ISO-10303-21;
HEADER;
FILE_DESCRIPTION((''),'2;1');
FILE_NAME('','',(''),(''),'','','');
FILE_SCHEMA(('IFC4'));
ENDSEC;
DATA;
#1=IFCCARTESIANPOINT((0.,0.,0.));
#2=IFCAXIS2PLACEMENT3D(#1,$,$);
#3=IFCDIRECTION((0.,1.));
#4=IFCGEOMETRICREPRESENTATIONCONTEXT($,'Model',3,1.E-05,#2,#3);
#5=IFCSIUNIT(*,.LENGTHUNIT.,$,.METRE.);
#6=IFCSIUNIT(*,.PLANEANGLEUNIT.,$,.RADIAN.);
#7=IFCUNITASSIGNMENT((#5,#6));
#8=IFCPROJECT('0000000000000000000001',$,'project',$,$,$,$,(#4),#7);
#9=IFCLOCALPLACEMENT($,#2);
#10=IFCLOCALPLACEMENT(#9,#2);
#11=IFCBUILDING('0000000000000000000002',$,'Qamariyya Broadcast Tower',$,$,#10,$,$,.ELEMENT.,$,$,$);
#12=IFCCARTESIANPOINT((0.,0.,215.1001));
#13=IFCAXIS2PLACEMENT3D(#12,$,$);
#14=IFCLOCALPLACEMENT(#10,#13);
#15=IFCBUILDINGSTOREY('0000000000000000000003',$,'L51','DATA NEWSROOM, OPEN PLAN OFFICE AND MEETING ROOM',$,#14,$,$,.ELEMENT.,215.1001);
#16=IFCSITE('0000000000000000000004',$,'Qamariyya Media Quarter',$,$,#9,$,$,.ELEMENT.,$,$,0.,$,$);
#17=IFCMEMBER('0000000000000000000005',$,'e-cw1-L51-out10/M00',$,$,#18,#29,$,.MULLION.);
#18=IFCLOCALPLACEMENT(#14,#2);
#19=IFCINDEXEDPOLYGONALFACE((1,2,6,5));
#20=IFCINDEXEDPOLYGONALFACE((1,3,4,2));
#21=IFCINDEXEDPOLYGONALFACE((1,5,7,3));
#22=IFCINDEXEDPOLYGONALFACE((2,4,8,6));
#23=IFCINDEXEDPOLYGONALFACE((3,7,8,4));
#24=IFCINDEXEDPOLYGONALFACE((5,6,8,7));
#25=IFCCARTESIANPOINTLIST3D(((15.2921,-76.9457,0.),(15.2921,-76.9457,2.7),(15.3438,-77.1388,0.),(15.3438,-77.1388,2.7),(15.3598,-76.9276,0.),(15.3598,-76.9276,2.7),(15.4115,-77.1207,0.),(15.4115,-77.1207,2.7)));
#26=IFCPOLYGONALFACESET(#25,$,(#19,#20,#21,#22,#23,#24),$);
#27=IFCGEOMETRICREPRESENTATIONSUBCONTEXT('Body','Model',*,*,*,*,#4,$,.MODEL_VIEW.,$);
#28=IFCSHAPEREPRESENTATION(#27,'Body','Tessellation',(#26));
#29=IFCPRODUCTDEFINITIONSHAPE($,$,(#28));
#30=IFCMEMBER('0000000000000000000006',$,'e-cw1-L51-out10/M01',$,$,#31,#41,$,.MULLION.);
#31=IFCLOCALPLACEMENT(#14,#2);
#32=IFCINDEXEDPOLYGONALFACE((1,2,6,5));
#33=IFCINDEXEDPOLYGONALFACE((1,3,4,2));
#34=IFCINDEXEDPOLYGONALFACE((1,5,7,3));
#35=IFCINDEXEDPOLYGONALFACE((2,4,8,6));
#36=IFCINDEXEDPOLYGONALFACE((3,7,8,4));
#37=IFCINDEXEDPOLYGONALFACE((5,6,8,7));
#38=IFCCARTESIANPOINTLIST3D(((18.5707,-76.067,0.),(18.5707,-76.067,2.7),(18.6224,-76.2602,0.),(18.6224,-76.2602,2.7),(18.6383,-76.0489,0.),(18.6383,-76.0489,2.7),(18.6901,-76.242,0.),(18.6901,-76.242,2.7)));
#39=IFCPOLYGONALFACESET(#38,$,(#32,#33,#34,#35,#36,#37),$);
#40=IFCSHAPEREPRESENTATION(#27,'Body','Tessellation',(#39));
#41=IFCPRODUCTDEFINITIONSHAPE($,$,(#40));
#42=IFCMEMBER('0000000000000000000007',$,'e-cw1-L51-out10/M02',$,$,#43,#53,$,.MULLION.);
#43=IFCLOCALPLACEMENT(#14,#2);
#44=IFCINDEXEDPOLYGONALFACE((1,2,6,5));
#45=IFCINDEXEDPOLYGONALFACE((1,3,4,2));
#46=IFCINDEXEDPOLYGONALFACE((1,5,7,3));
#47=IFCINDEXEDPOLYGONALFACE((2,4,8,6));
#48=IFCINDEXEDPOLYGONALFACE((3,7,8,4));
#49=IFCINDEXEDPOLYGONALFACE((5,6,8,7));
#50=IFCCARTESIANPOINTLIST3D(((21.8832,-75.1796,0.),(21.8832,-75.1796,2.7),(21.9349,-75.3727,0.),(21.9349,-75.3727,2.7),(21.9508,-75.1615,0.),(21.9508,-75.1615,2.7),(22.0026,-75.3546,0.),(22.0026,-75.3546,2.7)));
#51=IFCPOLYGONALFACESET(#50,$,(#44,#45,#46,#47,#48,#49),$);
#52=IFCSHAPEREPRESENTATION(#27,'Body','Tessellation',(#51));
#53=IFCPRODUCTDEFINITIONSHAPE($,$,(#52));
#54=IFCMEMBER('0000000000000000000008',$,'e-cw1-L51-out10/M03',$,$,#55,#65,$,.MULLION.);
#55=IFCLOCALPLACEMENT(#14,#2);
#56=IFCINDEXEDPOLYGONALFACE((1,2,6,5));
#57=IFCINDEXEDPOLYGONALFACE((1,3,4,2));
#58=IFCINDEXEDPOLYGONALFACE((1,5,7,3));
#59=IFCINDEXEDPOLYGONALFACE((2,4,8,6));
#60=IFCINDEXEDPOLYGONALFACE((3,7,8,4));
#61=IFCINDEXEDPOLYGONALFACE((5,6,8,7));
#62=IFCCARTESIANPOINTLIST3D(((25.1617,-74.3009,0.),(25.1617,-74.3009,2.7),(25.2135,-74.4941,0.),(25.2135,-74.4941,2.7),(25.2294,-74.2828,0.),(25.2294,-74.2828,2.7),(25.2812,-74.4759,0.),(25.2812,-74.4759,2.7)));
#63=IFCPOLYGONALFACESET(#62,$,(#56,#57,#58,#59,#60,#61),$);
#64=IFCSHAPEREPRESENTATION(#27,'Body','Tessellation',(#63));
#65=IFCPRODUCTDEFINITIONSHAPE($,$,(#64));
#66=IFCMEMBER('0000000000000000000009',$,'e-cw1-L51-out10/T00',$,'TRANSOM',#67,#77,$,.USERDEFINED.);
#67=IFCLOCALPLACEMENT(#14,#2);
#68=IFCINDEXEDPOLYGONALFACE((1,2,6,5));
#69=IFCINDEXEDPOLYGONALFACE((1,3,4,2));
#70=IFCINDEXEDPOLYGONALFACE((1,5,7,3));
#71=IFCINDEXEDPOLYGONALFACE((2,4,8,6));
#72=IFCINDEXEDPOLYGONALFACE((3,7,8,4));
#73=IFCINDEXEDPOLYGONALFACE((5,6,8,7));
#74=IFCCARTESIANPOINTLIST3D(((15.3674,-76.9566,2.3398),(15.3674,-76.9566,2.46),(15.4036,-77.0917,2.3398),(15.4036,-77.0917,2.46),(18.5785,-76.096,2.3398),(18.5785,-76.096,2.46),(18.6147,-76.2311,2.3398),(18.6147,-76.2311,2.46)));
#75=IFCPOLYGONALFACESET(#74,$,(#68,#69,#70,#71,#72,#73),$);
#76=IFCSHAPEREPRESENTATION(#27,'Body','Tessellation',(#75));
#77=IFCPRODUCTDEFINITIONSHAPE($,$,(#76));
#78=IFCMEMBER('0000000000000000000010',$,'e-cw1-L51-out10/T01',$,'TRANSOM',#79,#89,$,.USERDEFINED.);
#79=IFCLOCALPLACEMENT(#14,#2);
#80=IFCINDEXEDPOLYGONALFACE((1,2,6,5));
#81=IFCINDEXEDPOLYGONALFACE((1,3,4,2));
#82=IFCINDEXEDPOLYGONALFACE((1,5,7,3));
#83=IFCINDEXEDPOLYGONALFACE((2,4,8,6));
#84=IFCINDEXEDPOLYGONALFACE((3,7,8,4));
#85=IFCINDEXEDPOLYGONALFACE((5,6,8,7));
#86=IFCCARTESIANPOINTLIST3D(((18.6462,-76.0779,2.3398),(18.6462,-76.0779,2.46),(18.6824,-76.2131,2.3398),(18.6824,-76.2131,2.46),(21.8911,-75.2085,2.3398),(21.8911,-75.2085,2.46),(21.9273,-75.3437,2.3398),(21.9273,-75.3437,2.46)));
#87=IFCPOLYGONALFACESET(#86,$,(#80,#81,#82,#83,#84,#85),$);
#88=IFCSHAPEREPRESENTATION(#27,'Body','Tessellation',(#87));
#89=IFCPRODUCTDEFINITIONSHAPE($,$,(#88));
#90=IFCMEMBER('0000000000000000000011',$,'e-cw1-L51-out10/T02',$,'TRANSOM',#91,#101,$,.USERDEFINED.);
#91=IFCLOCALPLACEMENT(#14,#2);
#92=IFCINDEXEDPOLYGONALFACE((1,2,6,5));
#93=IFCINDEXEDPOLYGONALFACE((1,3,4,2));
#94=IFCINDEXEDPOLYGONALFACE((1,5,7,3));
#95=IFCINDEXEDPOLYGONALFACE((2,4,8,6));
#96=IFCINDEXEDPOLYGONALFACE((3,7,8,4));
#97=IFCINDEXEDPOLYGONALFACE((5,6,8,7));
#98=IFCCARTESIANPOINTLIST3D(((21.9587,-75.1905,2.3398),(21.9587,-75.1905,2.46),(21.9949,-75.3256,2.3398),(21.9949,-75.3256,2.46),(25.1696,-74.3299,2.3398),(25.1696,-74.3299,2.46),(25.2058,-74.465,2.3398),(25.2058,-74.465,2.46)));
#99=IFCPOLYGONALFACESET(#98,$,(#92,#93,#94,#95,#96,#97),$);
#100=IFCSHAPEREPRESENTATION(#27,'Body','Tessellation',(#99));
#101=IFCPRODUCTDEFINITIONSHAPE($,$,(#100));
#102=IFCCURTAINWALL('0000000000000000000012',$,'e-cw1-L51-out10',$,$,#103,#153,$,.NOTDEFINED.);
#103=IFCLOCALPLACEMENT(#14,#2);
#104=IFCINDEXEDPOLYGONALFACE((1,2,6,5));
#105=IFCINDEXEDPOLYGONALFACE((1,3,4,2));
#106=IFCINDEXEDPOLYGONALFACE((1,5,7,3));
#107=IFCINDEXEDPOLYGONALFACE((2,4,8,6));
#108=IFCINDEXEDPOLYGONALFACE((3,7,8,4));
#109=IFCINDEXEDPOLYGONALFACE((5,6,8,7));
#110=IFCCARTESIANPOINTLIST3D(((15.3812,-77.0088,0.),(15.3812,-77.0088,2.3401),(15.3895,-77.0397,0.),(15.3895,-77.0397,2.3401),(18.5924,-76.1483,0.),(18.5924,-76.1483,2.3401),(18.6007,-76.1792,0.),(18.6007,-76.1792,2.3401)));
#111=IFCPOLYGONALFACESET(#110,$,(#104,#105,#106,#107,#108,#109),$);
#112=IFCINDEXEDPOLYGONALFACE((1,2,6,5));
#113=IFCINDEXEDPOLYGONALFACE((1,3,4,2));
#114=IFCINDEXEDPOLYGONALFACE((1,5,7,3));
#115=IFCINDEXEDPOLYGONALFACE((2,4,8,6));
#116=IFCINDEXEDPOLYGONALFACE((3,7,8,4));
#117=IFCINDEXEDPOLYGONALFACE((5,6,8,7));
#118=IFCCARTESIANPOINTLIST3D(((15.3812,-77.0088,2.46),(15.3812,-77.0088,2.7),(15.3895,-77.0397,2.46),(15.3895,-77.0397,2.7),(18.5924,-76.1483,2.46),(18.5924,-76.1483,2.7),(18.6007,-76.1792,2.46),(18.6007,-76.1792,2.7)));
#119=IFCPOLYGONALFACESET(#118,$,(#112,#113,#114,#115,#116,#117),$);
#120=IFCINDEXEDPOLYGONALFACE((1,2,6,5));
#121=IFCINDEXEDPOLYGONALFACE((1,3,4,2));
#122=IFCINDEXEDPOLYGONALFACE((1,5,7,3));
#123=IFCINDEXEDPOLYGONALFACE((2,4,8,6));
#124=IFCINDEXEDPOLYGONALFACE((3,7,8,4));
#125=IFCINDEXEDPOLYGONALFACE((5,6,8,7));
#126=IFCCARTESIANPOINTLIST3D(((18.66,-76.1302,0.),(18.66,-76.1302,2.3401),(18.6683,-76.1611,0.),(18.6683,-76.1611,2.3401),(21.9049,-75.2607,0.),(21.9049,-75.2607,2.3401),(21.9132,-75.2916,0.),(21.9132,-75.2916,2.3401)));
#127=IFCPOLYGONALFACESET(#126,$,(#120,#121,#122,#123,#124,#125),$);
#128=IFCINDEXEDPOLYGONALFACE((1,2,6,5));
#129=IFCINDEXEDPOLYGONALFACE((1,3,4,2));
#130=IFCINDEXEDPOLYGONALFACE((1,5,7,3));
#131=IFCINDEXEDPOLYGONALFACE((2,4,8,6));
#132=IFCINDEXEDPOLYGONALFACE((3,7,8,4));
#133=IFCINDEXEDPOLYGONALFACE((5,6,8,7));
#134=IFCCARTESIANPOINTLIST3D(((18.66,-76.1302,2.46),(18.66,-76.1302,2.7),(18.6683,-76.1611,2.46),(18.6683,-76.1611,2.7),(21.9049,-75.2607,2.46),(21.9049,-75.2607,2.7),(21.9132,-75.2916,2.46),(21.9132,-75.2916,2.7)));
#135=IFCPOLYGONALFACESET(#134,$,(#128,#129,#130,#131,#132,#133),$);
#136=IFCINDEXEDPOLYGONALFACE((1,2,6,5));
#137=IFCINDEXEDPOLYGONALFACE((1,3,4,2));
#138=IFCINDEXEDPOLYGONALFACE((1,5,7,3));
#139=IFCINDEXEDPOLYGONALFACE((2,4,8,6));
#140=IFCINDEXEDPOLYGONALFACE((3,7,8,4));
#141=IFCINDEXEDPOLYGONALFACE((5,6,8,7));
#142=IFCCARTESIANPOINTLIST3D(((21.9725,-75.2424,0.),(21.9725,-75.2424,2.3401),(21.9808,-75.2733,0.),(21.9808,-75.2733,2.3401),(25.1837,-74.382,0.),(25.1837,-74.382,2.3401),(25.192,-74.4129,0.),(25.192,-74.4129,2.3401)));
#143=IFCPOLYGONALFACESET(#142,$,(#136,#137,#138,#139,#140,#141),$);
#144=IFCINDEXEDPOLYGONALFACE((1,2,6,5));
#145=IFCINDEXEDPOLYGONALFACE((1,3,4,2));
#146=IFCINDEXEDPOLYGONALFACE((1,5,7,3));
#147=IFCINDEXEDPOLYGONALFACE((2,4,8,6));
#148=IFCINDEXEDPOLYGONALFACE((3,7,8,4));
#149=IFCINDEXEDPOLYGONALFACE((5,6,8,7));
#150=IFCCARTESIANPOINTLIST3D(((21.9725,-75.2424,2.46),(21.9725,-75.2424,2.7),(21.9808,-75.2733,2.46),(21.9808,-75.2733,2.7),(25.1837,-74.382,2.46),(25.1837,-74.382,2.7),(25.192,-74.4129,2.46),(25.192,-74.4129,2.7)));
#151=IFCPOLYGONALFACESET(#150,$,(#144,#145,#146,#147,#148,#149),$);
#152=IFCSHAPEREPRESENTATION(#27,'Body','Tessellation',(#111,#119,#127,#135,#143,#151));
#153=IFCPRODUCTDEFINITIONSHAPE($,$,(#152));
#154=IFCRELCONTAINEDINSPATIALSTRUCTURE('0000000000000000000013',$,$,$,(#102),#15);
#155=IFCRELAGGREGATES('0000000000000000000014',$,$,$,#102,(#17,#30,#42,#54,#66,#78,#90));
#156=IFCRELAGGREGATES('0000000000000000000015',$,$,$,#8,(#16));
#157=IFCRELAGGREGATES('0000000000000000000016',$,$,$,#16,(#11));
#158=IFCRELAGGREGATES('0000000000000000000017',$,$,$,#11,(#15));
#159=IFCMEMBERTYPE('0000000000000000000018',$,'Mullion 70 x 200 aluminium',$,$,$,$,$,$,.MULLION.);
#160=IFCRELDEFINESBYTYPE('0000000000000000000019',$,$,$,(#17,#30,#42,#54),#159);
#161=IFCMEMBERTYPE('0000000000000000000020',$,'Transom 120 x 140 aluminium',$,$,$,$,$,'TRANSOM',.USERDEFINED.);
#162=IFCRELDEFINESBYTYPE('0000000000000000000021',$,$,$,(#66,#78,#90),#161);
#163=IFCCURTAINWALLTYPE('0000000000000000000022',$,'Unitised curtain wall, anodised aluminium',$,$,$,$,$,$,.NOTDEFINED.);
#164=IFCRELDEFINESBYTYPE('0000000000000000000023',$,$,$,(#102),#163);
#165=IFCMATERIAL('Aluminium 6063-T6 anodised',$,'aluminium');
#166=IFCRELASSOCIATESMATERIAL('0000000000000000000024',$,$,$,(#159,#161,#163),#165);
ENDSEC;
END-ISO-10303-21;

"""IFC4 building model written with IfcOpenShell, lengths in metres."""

from ifc_helpers import new_model, si_unit, direction, frame, origin, origin_2d, place, context, subcontext, project, spatial, rectangle, extrude, material, material_profile, profile_set, type_object, element, aggregate, save


model = new_model("IFC4")

# Units and contexts
model_context = context("Model", 3, precision=1e-05, world=origin(), true_north=direction((0.0, 1.0)))
body_context = subcontext(model_context, "Body", "Model", "MODEL_VIEW")
ifc_project = project(units=[si_unit("LENGTHUNIT", "METRE"), si_unit("PLANEANGLEUNIT", "RADIAN")], contexts=[model_context])

# Members
ifc_material = material(Name="Aluminium 6063-T6 anodised", Category="aluminium")
ifc_material_profile_1 = material_profile(ifc_material, rectangle(XDim=0.2, YDim=0.0701, at=origin_2d()))
ifc_profile_set_1 = profile_set([ifc_material_profile_1], Name="Aluminium 6063-T6 anodised")
member_type_1 = type_object("IfcMemberType", Name="Mullion 70 x 200 aluminium", PredefinedType="MULLION", material=ifc_profile_set_1)
site_placement = place(None, origin())
building_placement = place(site_placement, origin())
storey_placement = place(building_placement, frame((0.0, 0.0, 215.1001)))
member_1_placement = place(storey_placement, frame((15.3518, -77.0332, 0.0), z_axis=(0.0, 0.0, 1.0), x_axis=(-0.258819, 0.965926, 0.0)))
member_1 = element("IfcMember", 1, at=member_1_placement, type_object=member_type_1, Name="e-cw1-L51-out10/M00", PredefinedType="MULLION", context=body_context, shape_type="SweptSolid", body=[
    extrude(rectangle(XDim=0.2, YDim=0.0701, at=origin_2d()), origin(), (0.0, 0.0, 1.0), 2.7),
])
member_2_placement = place(storey_placement, frame((18.6304, -76.1545, 0.0), z_axis=(0.0, 0.0, 1.0), x_axis=(-0.258819, 0.965926, 0.0)))
member_2 = element("IfcMember", 2, at=member_2_placement, type_object=member_type_1, Name="e-cw1-L51-out10/M01", PredefinedType="MULLION", context=body_context, shape_type="SweptSolid", body=[
    extrude(rectangle(XDim=0.2, YDim=0.0701, at=origin_2d()), origin(), (0.0, 0.0, 1.0), 2.7),
])
member_3_placement = place(storey_placement, frame((21.9429, -75.2671, 0.0), z_axis=(0.0, 0.0, 1.0), x_axis=(-0.258819, 0.965926, 0.0)))
member_3 = element("IfcMember", 3, at=member_3_placement, type_object=member_type_1, Name="e-cw1-L51-out10/M02", PredefinedType="MULLION", context=body_context, shape_type="SweptSolid", body=[
    extrude(rectangle(XDim=0.2, YDim=0.0701, at=origin_2d()), origin(), (0.0, 0.0, 1.0), 2.7),
])
member_4_placement = place(storey_placement, frame((25.2214, -74.3884, 0.0), z_axis=(0.0, 0.0, 1.0), x_axis=(-0.258819, 0.965926, 0.0)))
member_4 = element("IfcMember", 4, at=member_4_placement, type_object=member_type_1, Name="e-cw1-L51-out10/M03", PredefinedType="MULLION", context=body_context, shape_type="SweptSolid", body=[
    extrude(rectangle(XDim=0.2, YDim=0.0701, at=origin_2d()), origin(), (0.0, 0.0, 1.0), 2.7),
])
ifc_material_profile_2 = material_profile(ifc_material, rectangle(XDim=0.1399, YDim=0.1201, at=origin_2d()))
ifc_profile_set_2 = profile_set([ifc_material_profile_2], Name="Aluminium 6063-T6 anodised")
member_type_2 = type_object("IfcMemberType", Name="Transom 120 x 140 aluminium", ElementType="TRANSOM", PredefinedType="USERDEFINED", material=ifc_profile_set_2)
member_5_placement = place(storey_placement, frame((15.3855, -77.0242, 2.3999), z_axis=(0.965914, 0.258865, 0.0), x_axis=(-0.258865, 0.965914, 0.0)))
member_5 = element("IfcMember", 5, at=member_5_placement, type_object=member_type_2, Name="e-cw1-L51-out10/T00", ObjectType="TRANSOM", PredefinedType="USERDEFINED", context=body_context, shape_type="SweptSolid", body=[
    extrude(rectangle(XDim=0.1399, YDim=0.1201, at=origin_2d()), origin(), (0.0, 0.0, 1.0), 3.3245),
])
member_6_placement = place(storey_placement, frame((18.6643, -76.1455, 2.3999), z_axis=(0.965932, 0.258798, 0.0), x_axis=(-0.258798, 0.965932, 0.0)))
member_6 = element("IfcMember", 6, at=member_6_placement, type_object=member_type_2, Name="e-cw1-L51-out10/T01", ObjectType="TRANSOM", PredefinedType="USERDEFINED", context=body_context, shape_type="SweptSolid", body=[
    extrude(rectangle(XDim=0.1399, YDim=0.1201, at=origin_2d()), origin(), (0.0, 0.0, 1.0), 3.3594),
])
member_7_placement = place(storey_placement, frame((21.9768, -75.2581, 2.3999), z_axis=(0.965909, 0.258883, 0.0), x_axis=(-0.258883, 0.965909, 0.0)))
member_7 = element("IfcMember", 7, at=member_7_placement, type_object=member_type_2, Name="e-cw1-L51-out10/T02", ObjectType="TRANSOM", PredefinedType="USERDEFINED", context=body_context, shape_type="SweptSolid", body=[
    extrude(rectangle(XDim=0.1399, YDim=0.1201, at=origin_2d()), origin(), (0.0, 0.0, 1.0), 3.3242),
])

# Site, building, storey
site = spatial("IfcSite", under=ifc_project, at=site_placement, Name="Qamariyya Media Quarter", CompositionType="ELEMENT", RefElevation=0.0)
building = spatial("IfcBuilding", under=site, at=building_placement, Name="Qamariyya Broadcast Tower", CompositionType="ELEMENT")
storey = spatial("IfcBuildingStorey", under=building, at=storey_placement, Name="L51", Description="DATA NEWSROOM, OPEN PLAN OFFICE AND MEETING ROOM", CompositionType="ELEMENT", Elevation=215.1001)

# Curtain wall
curtain_wall_type = type_object("IfcCurtainWallType", Name="Unitised curtain wall, anodised aluminium", PredefinedType="NOTDEFINED", material=ifc_material)
curtain_wall_1_placement = place(storey_placement, origin())
curtain_wall_1 = element("IfcCurtainWall", 8, at=curtain_wall_1_placement, inside=storey, type_object=curtain_wall_type, Name="e-cw1-L51-out10", PredefinedType="NOTDEFINED", context=body_context, shape_type="SweptSolid", body=[
    extrude(rectangle(XDim=3.3245, YDim=0.032, at=origin_2d()), frame((16.991, -76.594, 0.0), x_axis=(0.965923, 0.258828, 0.0)), (0.0, 0.0, 1.0), 2.3401),
    extrude(rectangle(XDim=3.3245, YDim=0.032, at=origin_2d()), frame((16.991, -76.594, 2.46), x_axis=(0.965923, 0.258828, 0.0)), (0.0, 0.0, 1.0), 0.24),
    extrude(rectangle(XDim=3.3594, YDim=0.032, at=origin_2d()), frame((20.2866, -75.7109, 0.0), x_axis=(0.965923, 0.258828, 0.0)), (0.0, 0.0, 1.0), 2.3401),
    extrude(rectangle(XDim=3.3594, YDim=0.032, at=origin_2d()), frame((20.2866, -75.7109, 2.46), x_axis=(0.965923, 0.258828, 0.0)), (0.0, 0.0, 1.0), 0.24),
    extrude(rectangle(XDim=3.3245, YDim=0.032, at=origin_2d()), frame((23.5823, -74.8276, 0.0), x_axis=(0.965923, 0.258828, 0.0)), (0.0, 0.0, 1.0), 2.3401),
    extrude(rectangle(XDim=3.3245, YDim=0.032, at=origin_2d()), frame((23.5823, -74.8276, 2.46), x_axis=(0.965923, 0.258828, 0.0)), (0.0, 0.0, 1.0), 0.24),
])
aggregate(curtain_wall_1, [member_1, member_2, member_3, member_4, member_5, member_6, member_7])

save(model, "model.ifc")
